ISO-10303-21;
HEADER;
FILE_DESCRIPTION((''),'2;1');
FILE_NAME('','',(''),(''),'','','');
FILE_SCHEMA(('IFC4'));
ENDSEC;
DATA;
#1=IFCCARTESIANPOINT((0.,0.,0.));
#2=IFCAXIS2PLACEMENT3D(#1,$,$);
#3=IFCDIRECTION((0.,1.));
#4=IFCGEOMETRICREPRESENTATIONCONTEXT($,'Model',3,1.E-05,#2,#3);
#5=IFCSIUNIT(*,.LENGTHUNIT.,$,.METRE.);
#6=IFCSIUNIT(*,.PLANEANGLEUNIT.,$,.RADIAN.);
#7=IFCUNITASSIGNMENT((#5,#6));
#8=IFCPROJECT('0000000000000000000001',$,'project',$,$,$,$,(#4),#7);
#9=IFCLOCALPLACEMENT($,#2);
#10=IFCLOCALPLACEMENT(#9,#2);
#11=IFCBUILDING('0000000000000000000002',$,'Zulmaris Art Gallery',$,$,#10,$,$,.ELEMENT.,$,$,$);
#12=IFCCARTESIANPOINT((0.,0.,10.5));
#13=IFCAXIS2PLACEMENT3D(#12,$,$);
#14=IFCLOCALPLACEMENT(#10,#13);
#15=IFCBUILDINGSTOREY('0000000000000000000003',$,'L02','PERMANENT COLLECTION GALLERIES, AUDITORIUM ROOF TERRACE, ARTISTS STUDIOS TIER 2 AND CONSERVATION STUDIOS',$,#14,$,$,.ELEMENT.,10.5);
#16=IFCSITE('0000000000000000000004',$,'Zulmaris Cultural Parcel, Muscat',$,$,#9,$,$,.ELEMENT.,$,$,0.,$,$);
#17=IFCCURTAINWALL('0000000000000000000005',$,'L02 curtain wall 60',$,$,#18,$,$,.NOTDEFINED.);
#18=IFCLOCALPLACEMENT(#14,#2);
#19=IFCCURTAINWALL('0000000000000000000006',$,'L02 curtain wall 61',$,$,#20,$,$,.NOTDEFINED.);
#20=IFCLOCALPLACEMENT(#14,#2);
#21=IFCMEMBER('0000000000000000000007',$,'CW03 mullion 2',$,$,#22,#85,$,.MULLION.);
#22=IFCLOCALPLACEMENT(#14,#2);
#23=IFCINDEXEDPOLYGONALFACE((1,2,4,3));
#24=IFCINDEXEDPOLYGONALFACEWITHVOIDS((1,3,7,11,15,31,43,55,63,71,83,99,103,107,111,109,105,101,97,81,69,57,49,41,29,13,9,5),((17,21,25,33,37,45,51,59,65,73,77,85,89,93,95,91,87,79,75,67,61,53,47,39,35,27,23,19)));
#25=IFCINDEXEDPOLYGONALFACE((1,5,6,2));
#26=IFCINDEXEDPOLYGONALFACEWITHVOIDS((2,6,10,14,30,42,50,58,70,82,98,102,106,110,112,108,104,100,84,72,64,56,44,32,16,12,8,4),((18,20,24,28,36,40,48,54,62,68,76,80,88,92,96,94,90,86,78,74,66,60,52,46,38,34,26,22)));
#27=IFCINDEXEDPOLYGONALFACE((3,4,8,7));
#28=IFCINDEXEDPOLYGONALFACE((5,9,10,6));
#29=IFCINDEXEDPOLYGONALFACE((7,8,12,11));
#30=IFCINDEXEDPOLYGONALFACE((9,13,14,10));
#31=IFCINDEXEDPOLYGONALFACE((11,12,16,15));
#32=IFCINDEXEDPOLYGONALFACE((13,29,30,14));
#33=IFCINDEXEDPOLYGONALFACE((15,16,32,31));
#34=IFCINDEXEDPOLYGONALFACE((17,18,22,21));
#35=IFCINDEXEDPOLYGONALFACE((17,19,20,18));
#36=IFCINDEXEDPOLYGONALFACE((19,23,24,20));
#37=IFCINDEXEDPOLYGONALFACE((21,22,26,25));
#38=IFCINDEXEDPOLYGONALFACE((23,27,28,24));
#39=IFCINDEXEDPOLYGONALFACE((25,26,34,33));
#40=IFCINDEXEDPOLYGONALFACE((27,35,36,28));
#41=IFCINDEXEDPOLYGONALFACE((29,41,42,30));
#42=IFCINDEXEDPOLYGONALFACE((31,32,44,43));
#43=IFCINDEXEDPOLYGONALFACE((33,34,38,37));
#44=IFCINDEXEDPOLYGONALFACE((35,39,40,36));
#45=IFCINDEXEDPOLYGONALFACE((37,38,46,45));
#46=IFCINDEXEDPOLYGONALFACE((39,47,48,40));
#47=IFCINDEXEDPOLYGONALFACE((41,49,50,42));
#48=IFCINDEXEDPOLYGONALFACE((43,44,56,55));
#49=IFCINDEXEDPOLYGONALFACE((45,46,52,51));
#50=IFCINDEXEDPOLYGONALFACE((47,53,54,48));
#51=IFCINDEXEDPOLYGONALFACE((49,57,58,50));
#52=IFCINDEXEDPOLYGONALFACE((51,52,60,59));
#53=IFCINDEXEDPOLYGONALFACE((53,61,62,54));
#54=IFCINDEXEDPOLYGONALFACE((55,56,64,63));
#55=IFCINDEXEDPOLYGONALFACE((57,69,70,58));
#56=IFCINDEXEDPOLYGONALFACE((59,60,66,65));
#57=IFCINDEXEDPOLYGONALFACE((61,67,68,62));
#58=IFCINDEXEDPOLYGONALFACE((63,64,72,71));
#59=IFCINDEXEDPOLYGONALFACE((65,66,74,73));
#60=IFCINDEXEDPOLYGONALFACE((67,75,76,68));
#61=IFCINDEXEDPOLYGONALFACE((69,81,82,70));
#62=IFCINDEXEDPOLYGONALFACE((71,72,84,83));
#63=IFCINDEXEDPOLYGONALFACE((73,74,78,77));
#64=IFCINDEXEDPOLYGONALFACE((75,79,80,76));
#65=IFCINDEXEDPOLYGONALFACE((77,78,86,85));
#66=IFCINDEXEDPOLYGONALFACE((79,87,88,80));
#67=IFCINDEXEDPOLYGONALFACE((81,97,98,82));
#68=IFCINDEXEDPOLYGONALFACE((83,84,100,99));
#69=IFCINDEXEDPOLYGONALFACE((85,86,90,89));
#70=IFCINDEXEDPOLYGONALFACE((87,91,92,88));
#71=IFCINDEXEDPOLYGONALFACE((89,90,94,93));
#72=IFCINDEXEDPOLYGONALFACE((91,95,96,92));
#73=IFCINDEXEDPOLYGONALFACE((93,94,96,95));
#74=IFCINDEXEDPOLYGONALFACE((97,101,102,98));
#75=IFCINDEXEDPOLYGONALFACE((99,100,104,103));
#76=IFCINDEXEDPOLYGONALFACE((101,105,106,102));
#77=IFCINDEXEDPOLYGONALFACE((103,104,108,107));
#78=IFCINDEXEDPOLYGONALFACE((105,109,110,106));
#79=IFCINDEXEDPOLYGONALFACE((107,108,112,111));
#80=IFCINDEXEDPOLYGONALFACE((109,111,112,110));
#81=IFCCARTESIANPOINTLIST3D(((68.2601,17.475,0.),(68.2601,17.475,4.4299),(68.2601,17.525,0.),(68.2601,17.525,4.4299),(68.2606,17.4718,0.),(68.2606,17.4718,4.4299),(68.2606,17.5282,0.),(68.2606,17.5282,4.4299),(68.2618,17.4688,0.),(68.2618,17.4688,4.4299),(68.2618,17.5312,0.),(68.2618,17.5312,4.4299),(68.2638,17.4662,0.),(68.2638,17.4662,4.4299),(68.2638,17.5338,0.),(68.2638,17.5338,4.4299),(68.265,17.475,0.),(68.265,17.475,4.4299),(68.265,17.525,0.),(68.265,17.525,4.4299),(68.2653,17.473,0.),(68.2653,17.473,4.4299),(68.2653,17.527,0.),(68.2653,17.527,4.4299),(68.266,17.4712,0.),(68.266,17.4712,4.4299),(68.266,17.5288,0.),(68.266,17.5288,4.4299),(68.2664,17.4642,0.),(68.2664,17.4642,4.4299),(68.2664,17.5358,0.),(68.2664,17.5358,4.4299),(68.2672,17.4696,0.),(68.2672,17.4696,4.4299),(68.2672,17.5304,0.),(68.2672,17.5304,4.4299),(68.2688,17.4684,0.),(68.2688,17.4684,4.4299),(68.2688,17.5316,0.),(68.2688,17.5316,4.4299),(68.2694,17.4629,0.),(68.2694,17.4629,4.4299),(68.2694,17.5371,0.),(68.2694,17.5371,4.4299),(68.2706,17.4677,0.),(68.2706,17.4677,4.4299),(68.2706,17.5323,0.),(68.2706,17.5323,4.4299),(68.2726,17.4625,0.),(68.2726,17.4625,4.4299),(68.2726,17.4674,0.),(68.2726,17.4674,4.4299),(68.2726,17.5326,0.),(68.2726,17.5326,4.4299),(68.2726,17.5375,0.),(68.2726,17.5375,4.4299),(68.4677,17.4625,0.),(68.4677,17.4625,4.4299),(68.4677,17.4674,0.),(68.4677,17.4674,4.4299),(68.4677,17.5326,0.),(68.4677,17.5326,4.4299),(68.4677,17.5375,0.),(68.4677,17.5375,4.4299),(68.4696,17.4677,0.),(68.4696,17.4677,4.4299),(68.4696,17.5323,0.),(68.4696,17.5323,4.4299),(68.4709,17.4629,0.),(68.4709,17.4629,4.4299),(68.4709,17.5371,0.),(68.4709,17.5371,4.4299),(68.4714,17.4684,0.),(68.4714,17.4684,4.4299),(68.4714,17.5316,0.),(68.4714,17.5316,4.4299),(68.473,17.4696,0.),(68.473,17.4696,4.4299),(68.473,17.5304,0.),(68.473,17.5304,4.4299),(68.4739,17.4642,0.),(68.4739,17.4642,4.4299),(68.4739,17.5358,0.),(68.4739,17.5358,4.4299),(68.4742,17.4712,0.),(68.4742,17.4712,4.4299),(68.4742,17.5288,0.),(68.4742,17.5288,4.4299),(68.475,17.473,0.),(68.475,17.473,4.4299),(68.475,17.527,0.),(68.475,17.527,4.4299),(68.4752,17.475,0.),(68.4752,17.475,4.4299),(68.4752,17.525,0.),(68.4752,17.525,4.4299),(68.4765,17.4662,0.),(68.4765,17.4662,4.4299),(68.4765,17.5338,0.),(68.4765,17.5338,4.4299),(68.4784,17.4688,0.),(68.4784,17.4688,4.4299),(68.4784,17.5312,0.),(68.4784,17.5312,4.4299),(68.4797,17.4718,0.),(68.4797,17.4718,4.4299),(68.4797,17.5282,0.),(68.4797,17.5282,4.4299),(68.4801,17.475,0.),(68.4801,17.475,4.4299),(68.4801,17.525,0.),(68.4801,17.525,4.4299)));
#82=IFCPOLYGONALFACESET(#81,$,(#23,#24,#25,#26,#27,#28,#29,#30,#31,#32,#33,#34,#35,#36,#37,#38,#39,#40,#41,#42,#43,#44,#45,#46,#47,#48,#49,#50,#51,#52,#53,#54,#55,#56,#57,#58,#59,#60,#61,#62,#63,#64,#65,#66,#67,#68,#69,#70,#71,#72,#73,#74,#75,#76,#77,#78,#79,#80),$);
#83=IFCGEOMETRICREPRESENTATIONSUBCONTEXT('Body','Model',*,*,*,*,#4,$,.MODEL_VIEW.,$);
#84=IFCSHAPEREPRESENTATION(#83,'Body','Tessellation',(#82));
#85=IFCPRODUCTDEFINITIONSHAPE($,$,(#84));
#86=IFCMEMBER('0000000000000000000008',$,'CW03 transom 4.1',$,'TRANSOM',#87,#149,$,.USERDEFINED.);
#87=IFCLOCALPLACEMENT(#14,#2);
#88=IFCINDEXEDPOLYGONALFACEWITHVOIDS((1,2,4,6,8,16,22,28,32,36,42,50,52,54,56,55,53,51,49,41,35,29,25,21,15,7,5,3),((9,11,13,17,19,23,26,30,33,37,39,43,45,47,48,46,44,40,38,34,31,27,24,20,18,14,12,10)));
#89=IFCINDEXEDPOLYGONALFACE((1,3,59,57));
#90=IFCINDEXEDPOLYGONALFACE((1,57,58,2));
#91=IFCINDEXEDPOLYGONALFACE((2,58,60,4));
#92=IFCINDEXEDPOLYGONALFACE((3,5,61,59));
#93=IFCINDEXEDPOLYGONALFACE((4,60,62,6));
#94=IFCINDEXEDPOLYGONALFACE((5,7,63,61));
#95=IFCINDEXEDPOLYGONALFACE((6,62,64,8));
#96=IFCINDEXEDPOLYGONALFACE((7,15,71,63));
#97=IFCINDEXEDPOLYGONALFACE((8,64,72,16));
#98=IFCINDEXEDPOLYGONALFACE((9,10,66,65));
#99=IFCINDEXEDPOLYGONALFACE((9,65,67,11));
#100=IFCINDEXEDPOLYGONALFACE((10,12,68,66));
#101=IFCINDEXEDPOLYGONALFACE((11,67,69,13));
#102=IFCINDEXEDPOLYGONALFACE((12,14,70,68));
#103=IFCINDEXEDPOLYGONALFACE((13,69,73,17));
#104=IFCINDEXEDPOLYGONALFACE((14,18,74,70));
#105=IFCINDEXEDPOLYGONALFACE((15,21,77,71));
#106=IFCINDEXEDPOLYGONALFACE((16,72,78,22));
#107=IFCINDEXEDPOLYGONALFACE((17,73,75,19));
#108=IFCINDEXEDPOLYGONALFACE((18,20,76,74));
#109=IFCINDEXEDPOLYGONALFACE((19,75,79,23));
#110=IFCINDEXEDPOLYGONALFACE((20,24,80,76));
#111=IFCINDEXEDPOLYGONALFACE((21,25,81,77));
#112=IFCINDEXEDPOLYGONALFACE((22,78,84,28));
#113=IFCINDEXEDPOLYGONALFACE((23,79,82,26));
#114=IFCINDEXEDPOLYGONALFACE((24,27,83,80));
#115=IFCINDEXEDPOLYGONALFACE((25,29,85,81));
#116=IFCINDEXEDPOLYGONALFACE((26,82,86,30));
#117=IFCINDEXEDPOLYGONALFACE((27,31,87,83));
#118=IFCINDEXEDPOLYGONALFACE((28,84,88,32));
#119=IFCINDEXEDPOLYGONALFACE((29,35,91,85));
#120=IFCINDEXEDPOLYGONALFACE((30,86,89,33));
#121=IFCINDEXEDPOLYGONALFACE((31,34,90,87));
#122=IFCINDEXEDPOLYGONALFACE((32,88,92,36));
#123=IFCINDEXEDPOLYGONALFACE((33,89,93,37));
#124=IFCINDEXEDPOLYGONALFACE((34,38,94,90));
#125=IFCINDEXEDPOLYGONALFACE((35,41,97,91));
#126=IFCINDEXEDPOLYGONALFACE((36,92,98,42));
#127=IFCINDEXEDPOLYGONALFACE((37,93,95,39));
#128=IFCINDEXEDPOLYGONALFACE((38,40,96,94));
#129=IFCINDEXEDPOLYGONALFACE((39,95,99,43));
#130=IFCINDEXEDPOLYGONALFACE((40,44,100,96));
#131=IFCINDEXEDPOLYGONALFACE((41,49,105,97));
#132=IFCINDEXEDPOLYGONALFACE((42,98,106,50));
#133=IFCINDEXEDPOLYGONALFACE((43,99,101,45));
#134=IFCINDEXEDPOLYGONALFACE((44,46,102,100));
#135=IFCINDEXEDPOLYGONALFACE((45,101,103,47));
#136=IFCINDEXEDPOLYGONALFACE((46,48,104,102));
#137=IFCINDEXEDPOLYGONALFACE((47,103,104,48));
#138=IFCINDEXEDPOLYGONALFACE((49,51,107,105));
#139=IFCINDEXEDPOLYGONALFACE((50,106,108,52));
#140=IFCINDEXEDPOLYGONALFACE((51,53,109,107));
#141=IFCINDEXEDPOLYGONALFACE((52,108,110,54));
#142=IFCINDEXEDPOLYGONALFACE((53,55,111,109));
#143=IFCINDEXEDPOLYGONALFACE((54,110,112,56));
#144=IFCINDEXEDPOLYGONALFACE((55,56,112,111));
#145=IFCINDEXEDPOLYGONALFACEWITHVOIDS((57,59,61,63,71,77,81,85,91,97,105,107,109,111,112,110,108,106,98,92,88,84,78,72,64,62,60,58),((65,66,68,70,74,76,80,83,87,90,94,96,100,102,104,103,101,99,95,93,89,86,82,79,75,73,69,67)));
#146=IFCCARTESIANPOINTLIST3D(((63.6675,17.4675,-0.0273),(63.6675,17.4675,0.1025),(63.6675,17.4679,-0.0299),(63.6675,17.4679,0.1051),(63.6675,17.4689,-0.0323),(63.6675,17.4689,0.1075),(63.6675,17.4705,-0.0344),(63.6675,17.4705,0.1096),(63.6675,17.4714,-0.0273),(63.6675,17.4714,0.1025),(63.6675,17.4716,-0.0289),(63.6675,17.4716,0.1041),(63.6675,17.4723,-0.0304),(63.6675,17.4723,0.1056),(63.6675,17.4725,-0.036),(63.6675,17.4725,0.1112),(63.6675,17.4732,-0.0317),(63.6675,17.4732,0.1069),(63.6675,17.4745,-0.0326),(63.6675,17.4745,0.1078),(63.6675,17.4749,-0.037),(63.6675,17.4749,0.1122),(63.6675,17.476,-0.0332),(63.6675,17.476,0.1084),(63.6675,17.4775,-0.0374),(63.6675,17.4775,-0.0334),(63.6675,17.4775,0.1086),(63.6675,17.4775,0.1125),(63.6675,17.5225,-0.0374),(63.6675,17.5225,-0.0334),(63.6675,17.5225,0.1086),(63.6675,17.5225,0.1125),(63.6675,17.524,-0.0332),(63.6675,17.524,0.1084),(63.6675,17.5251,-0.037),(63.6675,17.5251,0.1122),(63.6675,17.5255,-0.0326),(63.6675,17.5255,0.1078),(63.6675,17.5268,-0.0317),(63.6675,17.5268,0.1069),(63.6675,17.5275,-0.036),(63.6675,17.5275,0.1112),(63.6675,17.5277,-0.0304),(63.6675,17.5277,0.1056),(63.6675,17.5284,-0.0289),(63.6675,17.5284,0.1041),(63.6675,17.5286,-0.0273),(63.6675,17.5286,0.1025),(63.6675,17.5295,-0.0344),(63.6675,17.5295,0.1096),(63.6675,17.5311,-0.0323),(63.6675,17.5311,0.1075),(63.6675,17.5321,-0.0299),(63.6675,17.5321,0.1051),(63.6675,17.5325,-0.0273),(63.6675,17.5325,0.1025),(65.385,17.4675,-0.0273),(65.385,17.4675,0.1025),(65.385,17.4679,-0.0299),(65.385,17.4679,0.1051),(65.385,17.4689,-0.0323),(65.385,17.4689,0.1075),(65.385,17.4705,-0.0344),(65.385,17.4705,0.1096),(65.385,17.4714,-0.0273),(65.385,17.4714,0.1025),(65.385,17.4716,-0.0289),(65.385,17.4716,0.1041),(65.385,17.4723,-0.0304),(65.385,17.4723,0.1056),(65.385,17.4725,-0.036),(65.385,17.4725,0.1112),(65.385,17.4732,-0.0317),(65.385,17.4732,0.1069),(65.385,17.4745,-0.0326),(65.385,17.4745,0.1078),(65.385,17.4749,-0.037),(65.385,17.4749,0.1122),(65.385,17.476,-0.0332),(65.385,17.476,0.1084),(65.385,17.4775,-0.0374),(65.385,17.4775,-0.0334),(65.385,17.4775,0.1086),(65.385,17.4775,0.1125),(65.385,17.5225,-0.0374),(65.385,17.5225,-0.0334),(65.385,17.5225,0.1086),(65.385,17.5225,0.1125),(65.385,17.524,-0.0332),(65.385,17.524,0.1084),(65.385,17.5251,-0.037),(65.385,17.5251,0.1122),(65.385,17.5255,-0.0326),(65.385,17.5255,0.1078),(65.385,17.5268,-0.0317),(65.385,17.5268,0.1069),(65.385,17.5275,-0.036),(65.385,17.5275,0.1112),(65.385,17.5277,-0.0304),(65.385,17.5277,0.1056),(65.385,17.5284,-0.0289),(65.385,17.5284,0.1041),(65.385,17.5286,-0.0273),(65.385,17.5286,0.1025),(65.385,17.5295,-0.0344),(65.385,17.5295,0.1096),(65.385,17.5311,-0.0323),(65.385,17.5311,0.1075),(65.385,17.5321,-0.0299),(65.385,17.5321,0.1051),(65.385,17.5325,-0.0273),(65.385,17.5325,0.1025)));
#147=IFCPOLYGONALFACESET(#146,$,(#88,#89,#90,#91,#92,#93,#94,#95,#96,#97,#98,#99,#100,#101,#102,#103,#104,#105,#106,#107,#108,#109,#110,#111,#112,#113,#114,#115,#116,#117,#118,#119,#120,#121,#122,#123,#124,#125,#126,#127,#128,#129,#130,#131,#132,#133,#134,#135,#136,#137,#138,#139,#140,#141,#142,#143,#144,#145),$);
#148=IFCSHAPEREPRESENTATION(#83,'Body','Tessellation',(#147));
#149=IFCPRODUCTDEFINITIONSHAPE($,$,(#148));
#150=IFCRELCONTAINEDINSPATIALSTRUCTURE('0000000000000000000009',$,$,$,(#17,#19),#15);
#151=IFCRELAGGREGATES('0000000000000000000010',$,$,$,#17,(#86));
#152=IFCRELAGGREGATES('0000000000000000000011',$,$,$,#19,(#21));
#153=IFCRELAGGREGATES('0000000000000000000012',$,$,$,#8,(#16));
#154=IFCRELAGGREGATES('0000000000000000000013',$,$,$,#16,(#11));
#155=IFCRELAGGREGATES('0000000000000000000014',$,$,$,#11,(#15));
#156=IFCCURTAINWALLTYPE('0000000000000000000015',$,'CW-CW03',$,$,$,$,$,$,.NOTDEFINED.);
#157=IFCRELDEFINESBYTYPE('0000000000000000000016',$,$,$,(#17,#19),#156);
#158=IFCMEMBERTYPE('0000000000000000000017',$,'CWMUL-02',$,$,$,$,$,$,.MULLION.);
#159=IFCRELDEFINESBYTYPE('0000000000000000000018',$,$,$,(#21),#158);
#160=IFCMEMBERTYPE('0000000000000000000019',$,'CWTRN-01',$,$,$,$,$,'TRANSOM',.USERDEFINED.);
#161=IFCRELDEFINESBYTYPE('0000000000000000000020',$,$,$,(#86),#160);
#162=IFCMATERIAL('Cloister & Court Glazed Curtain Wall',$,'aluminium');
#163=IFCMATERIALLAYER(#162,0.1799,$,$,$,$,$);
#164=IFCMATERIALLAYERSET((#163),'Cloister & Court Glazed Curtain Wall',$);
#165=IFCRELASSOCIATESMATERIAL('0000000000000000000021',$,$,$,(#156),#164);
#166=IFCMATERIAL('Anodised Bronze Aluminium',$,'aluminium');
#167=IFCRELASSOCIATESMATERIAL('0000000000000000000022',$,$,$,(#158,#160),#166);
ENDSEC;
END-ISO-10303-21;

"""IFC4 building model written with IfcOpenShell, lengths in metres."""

from ifc_helpers import new_model, si_unit, direction, frame, origin, origin_2d, place, context, subcontext, project, spatial, hollow_rectangle, extrude, material, layer, layer_set, material_profile, profile_set, type_object, element, aggregate, save


model = new_model("IFC4")

# Units and contexts
model_context = context("Model", 3, precision=1e-05, world=origin(), true_north=direction((0.0, 1.0)))
body_context = subcontext(model_context, "Body", "Model", "MODEL_VIEW")
ifc_project = project(units=[si_unit("LENGTHUNIT", "METRE"), si_unit("PLANEANGLEUNIT", "RADIAN")], contexts=[model_context])

# Site, building, storey
site_placement = place(None, origin())
site = spatial("IfcSite", under=ifc_project, at=site_placement, Name="Zulmaris Cultural Parcel, Muscat", CompositionType="ELEMENT", RefElevation=0.0)
building_placement = place(site_placement, origin())
building = spatial("IfcBuilding", under=site, at=building_placement, Name="Zulmaris Art Gallery", CompositionType="ELEMENT")
storey_placement = place(building_placement, frame((0.0, 0.0, 10.5)))
storey = spatial("IfcBuildingStorey", under=building, at=storey_placement, Name="L02", Description="PERMANENT COLLECTION GALLERIES, AUDITORIUM ROOF TERRACE, ARTISTS STUDIOS TIER 2 AND CONSERVATION STUDIOS", CompositionType="ELEMENT", Elevation=10.5)

# Curtain walls, member
ifc_material_1 = material(Name="Cloister & Court Glazed Curtain Wall", Category="aluminium")
ifc_layer_1 = layer(ifc_material_1, 0.1799)
ifc_layer_set_1 = layer_set([ifc_layer_1], Name="Cloister & Court Glazed Curtain Wall")
curtain_wall_type = type_object("IfcCurtainWallType", Name="CW-CW03", PredefinedType="NOTDEFINED", material=ifc_layer_set_1)
curtain_wall_1_placement = place(storey_placement, origin())
curtain_wall_1 = element("IfcCurtainWall", 1, at=curtain_wall_1_placement, inside=storey, type_object=curtain_wall_type, Name="L02 curtain wall 60", PredefinedType="NOTDEFINED")
ifc_material_2 = material(Name="Anodised Bronze Aluminium", Category="aluminium")
ifc_material_profile_1 = material_profile(ifc_material_2, hollow_rectangle(XDim=0.075, YDim=0.22, WallThickness=0.0049, InnerFilletRadius=0.0076, OuterFilletRadius=0.0125, at=origin_2d()), Name="ALU 75x220x5")
ifc_profile_set_1 = profile_set([ifc_material_profile_1], Name="Anodised Bronze Aluminium")
member_type_1 = type_object("IfcMemberType", Name="CWMUL-02", PredefinedType="MULLION", material=ifc_profile_set_1)
curtain_wall_2_placement = place(storey_placement, origin())
curtain_wall_2 = element("IfcCurtainWall", 2, at=curtain_wall_2_placement, inside=storey, type_object=curtain_wall_type, Name="L02 curtain wall 61", PredefinedType="NOTDEFINED")
member_1_placement = place(storey_placement, frame((68.3701, 17.5, 0.0), z_axis=(0.0, 0.0, 1.0), x_axis=(0.0, 1.0, 0.0)))
member_1 = element("IfcMember", 3, at=member_1_placement, type_object=member_type_1, Name="CW03 mullion 2", PredefinedType="MULLION", context=body_context, shape_type="SweptSolid", body=[
    extrude(hollow_rectangle(XDim=0.075, YDim=0.22, WallThickness=0.0049, InnerFilletRadius=0.0076, OuterFilletRadius=0.0125, at=origin_2d()), origin(), (0.0, 0.0, 1.0), 4.4299),
])

# Member
ifc_material_profile_2 = material_profile(ifc_material_2, hollow_rectangle(XDim=0.0649, YDim=0.1499, WallThickness=0.0039, InnerFilletRadius=0.0061, OuterFilletRadius=0.01, at=origin_2d()), Name="ALU 65x150x4")
ifc_profile_set_2 = profile_set([ifc_material_profile_2], Name="Anodised Bronze Aluminium")
member_type_2 = type_object("IfcMemberType", Name="CWTRN-01", ElementType="TRANSOM", PredefinedType="USERDEFINED", material=ifc_profile_set_2)
member_2_placement = place(storey_placement, frame((63.6675, 17.5, 0.0376), z_axis=(1.0, 0.0, 0.0), x_axis=(0.0, 1.0, 0.0)))
member_2 = element("IfcMember", 4, at=member_2_placement, type_object=member_type_2, Name="CW03 transom 4.1", ObjectType="TRANSOM", PredefinedType="USERDEFINED", context=body_context, shape_type="SweptSolid", body=[
    extrude(hollow_rectangle(XDim=0.0649, YDim=0.1499, WallThickness=0.0039, InnerFilletRadius=0.0061, OuterFilletRadius=0.01, at=origin_2d()), origin(), (0.0, 0.0, 1.0), 1.7175),
])

aggregate(curtain_wall_1, [member_2])
aggregate(curtain_wall_2, [member_1])

save(model, "model.ifc")
